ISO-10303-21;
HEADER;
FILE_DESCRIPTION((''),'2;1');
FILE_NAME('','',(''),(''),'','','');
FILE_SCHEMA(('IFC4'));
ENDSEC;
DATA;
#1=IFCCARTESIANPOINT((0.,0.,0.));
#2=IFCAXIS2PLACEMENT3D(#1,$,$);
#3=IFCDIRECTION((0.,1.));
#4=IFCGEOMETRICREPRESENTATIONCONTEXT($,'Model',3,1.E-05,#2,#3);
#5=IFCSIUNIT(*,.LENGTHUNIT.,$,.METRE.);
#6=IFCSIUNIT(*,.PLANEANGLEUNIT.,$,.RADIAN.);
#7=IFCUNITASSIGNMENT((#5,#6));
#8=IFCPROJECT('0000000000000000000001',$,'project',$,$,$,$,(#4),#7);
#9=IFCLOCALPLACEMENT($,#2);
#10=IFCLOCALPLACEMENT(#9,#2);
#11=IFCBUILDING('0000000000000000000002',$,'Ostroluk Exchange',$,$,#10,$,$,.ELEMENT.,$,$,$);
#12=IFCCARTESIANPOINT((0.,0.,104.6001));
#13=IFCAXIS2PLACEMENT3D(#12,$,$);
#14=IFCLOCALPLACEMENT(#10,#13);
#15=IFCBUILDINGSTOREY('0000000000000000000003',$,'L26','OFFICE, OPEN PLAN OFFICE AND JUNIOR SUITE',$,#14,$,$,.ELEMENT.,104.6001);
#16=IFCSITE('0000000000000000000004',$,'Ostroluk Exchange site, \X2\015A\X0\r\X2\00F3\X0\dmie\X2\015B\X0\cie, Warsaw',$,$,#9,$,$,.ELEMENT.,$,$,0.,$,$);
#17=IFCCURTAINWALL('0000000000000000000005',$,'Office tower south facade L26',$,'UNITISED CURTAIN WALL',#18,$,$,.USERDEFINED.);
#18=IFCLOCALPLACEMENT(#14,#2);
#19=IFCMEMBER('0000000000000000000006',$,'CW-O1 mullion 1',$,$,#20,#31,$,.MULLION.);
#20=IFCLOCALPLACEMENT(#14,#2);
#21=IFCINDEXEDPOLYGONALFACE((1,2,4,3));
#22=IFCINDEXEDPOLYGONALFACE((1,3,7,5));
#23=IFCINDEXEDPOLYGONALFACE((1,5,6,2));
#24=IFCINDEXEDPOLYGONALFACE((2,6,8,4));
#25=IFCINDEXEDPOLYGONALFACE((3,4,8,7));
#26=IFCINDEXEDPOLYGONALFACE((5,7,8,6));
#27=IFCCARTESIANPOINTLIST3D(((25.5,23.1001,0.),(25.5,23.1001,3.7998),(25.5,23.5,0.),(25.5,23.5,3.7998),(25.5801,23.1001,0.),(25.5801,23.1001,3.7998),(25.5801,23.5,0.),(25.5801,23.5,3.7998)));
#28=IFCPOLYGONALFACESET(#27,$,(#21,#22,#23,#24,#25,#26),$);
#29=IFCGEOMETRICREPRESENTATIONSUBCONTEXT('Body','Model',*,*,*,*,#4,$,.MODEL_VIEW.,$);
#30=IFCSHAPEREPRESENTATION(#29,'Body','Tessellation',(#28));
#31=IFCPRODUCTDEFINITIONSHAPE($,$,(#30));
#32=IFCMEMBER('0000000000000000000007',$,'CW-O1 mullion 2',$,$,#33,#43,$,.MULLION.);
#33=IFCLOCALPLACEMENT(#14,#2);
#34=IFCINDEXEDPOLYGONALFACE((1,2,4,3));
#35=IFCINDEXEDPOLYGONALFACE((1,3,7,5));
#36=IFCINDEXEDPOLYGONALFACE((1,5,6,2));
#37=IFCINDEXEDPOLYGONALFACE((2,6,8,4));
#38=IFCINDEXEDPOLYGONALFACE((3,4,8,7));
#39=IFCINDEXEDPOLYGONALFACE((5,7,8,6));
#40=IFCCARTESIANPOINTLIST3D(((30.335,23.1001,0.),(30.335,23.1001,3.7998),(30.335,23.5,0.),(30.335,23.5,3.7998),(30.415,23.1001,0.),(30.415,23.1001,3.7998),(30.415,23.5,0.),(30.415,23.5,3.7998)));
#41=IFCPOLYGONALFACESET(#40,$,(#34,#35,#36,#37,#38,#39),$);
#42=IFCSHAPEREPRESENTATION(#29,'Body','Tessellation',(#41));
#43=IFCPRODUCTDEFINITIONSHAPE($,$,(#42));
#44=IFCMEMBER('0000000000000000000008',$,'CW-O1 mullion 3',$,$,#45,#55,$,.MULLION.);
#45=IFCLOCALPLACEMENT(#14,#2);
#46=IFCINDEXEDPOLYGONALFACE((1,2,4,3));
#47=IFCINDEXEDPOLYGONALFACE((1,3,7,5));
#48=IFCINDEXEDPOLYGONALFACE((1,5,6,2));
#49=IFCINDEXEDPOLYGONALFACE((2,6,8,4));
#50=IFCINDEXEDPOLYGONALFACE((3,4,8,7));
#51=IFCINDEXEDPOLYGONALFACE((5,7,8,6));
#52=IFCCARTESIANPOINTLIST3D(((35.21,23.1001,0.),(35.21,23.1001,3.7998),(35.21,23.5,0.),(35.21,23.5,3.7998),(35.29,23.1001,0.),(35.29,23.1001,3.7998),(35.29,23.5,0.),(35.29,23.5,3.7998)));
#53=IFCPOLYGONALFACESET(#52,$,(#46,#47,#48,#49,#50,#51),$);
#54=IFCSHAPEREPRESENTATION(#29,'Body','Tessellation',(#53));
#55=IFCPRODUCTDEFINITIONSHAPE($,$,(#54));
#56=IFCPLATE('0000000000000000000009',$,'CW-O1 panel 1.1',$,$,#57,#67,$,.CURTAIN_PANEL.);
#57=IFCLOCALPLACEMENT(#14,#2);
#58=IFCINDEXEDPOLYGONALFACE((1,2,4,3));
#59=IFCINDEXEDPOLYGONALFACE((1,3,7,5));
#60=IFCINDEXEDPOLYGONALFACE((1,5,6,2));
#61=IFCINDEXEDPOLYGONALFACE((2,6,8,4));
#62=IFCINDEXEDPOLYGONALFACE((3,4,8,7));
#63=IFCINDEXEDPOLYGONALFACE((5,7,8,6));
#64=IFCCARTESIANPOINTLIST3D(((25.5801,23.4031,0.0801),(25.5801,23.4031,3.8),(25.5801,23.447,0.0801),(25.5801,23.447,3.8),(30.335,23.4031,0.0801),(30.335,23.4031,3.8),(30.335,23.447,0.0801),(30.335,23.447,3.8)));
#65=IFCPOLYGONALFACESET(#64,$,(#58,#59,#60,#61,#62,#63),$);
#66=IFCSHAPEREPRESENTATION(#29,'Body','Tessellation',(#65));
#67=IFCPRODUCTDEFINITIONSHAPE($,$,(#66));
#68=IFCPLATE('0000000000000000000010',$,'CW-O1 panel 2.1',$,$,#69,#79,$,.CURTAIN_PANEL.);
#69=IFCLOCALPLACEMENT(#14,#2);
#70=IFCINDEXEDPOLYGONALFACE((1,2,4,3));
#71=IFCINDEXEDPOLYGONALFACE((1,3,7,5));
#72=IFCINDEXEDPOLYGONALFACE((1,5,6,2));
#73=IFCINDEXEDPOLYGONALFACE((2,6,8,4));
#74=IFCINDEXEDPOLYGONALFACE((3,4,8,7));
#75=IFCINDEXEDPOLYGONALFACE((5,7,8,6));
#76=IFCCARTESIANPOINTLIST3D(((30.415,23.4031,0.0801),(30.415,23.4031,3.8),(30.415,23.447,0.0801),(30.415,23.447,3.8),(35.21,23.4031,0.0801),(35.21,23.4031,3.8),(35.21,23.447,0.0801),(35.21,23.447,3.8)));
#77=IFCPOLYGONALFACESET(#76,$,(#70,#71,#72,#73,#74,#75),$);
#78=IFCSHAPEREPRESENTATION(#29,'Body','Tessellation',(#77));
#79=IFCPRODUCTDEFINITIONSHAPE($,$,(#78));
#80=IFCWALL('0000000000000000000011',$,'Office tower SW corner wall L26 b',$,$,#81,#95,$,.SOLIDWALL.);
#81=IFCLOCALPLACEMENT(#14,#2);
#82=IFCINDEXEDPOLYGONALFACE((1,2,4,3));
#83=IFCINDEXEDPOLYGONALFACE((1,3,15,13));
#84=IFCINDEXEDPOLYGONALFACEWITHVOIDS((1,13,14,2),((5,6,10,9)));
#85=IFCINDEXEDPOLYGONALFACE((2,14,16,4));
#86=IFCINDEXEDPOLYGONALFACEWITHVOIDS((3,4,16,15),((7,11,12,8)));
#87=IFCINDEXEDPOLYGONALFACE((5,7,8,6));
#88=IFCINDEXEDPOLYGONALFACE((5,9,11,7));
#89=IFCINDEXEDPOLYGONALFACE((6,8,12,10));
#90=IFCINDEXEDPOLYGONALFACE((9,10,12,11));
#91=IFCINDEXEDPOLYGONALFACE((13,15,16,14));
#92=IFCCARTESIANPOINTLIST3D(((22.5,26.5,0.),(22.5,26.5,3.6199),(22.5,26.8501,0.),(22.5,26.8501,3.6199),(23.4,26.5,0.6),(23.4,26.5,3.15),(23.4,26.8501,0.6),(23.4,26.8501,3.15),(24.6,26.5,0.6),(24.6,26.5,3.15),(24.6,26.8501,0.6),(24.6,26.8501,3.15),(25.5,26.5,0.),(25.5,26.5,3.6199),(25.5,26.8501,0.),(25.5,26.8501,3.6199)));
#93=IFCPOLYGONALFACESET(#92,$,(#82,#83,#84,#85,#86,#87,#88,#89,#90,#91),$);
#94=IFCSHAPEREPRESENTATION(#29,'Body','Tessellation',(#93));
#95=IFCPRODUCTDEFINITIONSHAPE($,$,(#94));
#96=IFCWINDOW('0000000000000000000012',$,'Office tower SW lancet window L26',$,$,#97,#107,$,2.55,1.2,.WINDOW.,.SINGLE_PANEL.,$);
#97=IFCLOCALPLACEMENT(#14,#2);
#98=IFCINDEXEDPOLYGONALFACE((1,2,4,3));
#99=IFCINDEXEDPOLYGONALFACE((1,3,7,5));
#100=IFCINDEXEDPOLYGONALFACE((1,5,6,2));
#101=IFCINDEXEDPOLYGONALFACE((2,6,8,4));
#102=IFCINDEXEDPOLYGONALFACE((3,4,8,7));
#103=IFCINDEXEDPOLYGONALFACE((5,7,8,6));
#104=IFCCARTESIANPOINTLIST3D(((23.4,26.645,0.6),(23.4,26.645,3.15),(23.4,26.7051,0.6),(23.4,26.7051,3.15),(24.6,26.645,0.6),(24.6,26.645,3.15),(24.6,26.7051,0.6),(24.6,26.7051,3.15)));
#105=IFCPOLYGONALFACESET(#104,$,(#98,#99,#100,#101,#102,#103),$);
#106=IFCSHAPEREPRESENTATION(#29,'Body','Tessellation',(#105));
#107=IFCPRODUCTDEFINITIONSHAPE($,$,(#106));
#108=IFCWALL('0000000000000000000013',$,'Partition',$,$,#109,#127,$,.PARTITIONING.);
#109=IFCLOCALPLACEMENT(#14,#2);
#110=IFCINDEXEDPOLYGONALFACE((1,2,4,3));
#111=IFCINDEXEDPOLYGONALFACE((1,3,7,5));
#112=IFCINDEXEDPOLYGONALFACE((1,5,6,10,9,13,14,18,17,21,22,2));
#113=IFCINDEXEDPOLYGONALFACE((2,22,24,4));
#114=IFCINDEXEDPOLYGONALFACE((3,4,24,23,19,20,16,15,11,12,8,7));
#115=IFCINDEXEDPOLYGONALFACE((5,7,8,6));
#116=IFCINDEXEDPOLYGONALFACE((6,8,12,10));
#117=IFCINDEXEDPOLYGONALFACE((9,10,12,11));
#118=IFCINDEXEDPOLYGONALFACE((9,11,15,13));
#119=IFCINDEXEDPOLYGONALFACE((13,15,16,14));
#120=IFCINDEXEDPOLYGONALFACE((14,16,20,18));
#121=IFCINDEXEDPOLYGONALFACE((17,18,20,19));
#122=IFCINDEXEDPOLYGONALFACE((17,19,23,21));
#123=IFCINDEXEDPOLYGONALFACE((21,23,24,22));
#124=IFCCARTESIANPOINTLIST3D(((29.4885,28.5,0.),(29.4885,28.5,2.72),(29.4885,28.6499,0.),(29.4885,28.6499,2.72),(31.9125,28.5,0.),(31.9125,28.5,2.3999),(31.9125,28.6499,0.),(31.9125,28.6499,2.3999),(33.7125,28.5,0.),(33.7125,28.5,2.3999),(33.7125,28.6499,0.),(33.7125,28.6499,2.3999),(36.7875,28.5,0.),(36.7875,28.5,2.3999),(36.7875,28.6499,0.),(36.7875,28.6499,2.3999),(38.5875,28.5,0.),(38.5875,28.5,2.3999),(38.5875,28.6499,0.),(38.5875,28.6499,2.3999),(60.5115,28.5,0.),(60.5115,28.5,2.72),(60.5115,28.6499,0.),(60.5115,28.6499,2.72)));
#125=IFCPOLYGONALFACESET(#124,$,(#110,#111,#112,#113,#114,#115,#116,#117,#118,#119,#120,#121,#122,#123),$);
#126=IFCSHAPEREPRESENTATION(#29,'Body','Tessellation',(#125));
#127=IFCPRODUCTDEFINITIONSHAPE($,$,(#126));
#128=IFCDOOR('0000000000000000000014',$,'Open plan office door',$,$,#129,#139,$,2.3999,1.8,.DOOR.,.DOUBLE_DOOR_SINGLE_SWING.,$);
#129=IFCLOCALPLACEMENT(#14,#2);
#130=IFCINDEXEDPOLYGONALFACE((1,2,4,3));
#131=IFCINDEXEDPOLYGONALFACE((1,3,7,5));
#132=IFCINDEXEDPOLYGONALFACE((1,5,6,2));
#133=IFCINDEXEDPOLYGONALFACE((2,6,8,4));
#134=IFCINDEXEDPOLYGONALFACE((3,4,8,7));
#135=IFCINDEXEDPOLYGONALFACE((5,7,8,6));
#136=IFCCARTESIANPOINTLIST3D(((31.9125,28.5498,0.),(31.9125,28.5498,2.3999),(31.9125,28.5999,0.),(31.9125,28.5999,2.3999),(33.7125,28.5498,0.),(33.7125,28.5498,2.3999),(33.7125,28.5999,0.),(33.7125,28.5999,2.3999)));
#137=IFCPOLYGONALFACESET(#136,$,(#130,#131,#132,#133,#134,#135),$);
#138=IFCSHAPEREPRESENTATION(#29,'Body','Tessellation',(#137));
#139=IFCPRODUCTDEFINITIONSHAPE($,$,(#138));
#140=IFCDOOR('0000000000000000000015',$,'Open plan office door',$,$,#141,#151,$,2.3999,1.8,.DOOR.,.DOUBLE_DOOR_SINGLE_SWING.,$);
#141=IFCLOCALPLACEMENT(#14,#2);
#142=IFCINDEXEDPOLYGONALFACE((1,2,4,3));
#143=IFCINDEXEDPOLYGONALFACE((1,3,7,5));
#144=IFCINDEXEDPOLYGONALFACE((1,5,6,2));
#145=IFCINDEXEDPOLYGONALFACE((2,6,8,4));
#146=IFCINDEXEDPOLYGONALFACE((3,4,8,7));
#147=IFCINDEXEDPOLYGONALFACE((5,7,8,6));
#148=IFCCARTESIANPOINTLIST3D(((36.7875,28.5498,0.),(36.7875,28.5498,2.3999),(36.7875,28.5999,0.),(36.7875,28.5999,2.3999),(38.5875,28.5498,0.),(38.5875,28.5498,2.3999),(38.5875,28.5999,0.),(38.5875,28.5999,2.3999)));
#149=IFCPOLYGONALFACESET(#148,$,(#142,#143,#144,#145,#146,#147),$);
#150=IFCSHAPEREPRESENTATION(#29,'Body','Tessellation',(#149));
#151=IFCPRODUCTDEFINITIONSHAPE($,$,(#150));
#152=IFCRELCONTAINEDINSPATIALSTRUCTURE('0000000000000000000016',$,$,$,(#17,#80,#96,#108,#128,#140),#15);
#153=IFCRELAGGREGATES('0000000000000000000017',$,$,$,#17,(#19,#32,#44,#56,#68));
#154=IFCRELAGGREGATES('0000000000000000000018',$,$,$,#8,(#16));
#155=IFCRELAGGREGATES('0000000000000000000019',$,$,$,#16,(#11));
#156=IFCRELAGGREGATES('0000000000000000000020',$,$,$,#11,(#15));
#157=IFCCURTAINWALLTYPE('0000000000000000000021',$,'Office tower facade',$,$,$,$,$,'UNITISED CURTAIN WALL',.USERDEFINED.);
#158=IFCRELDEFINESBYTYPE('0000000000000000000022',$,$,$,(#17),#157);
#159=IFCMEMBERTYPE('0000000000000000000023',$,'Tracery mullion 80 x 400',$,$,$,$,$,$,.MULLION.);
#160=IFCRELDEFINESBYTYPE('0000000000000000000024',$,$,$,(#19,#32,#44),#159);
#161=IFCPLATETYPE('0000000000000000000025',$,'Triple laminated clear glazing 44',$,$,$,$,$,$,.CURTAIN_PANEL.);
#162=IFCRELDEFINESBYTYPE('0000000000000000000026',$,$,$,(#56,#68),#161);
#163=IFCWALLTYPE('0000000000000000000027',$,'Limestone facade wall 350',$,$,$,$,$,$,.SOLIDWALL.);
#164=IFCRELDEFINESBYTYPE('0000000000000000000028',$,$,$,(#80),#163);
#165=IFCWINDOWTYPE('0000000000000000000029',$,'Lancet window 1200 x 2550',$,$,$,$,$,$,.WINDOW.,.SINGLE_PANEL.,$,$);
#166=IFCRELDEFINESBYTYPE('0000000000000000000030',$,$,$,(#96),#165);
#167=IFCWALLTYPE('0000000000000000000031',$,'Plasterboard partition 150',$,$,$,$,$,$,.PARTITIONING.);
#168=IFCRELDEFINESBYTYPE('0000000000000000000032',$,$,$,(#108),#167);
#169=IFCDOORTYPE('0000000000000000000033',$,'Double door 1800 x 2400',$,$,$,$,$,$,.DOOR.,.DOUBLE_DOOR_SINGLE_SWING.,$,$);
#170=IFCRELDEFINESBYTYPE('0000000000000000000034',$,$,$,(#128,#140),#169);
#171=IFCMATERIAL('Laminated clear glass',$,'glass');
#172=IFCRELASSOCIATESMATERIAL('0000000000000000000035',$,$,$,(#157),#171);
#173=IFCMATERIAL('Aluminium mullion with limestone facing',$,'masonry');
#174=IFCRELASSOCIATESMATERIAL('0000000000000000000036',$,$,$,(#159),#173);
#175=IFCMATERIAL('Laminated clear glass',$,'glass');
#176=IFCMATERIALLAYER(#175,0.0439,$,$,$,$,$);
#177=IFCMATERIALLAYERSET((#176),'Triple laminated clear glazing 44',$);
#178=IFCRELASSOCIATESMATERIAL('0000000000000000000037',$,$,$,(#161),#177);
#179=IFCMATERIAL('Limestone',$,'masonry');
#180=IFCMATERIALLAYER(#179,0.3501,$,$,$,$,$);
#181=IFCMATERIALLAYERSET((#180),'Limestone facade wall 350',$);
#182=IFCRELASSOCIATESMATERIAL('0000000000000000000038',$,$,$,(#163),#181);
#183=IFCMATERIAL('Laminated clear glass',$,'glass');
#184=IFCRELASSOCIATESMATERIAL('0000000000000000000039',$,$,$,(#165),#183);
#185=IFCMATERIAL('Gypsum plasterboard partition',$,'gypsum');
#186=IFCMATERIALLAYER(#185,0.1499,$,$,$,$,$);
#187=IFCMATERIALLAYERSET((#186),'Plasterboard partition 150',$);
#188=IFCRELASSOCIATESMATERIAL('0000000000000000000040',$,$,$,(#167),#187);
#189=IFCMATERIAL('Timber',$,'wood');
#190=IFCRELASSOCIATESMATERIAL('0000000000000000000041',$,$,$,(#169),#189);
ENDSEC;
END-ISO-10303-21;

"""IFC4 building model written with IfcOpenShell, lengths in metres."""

from ifc_helpers import new_model, si_unit, direction, frame, frame_2d, origin, origin_2d, place, context, subcontext, project, spatial, rectangle, extrude, material, layer, layer_set, material_profile, profile_set, type_object, element, fill, aggregate, save


model = new_model("IFC4")

# Units and contexts
model_context = context("Model", 3, precision=1e-05, world=origin(), true_north=direction((0.0, 1.0)))
body_context = subcontext(model_context, "Body", "Model", "MODEL_VIEW")
ifc_project = project(units=[si_unit("LENGTHUNIT", "METRE"), si_unit("PLANEANGLEUNIT", "RADIAN")], contexts=[model_context])

# Site, building, storey
site_placement = place(None, origin())
site = spatial("IfcSite", under=ifc_project, at=site_placement, Name="Ostroluk Exchange site, Śródmieście, Warsaw", CompositionType="ELEMENT", RefElevation=0.0)
building_placement = place(site_placement, origin())
building = spatial("IfcBuilding", under=site, at=building_placement, Name="Ostroluk Exchange", CompositionType="ELEMENT")
storey_placement = place(building_placement, frame((0.0, 0.0, 104.6001)))
storey = spatial("IfcBuildingStorey", under=building, at=storey_placement, Name="L26", Description="OFFICE, OPEN PLAN OFFICE AND JUNIOR SUITE", CompositionType="ELEMENT", Elevation=104.6001)

# Curtain wall, members, plates
ifc_material_1 = material(Name="Laminated clear glass", Category="glass")
curtain_wall_type = type_object("IfcCurtainWallType", Name="Office tower facade", ElementType="UNITISED CURTAIN WALL", PredefinedType="USERDEFINED", material=ifc_material_1)
curtain_wall_placement = place(storey_placement, origin())
curtain_wall = element("IfcCurtainWall", 1, at=curtain_wall_placement, inside=storey, type_object=curtain_wall_type, Name="Office tower south facade L26", ObjectType="UNITISED CURTAIN WALL", PredefinedType="USERDEFINED")
ifc_material_2 = material(Name="Aluminium mullion with limestone facing", Category="masonry")
ifc_material_profile_1 = material_profile(ifc_material_2, rectangle(XDim=0.3999, YDim=0.0801, at=origin_2d()), Name="Tracery mullion 80 x 400")
ifc_profile_set_1 = profile_set([ifc_material_profile_1], Name="Aluminium mullion with limestone facing")
member_type_1 = type_object("IfcMemberType", Name="Tracery mullion 80 x 400", PredefinedType="MULLION", material=ifc_profile_set_1)
member_1_placement = place(storey_placement, frame((25.54, 23.3, 0.0), z_axis=(0.0, 0.0, 1.0), x_axis=(0.0, 1.0, 0.0)))
member_1 = element("IfcMember", 2, at=member_1_placement, type_object=member_type_1, Name="CW-O1 mullion 1", PredefinedType="MULLION", context=body_context, shape_type="SweptSolid", body=[
    extrude(rectangle(XDim=0.3999, YDim=0.0801, at=origin_2d()), origin(), (0.0, 0.0, 1.0), 3.7998),
])
member_2_placement = place(storey_placement, frame((30.375, 23.3, 0.0), z_axis=(0.0, 0.0, 1.0), x_axis=(0.0, 1.0, 0.0)))
member_2 = element("IfcMember", 3, at=member_2_placement, type_object=member_type_1, Name="CW-O1 mullion 2", PredefinedType="MULLION", context=body_context, shape_type="SweptSolid", body=[
    extrude(rectangle(XDim=0.3999, YDim=0.0801, at=origin_2d()), origin(), (0.0, 0.0, 1.0), 3.7998),
])
member_3_placement = place(storey_placement, frame((35.25, 23.3, 0.0), z_axis=(0.0, 0.0, 1.0), x_axis=(0.0, 1.0, 0.0)))
member_3 = element("IfcMember", 4, at=member_3_placement, type_object=member_type_1, Name="CW-O1 mullion 3", PredefinedType="MULLION", context=body_context, shape_type="SweptSolid", body=[
    extrude(rectangle(XDim=0.3999, YDim=0.0801, at=origin_2d()), origin(), (0.0, 0.0, 1.0), 3.7998),
])
ifc_material_3 = material(Name="Laminated clear glass", Category="glass")
ifc_layer_1 = layer(ifc_material_3, 0.0439)
ifc_layer_set_1 = layer_set([ifc_layer_1], Name="Triple laminated clear glazing 44")
plate_type = type_object("IfcPlateType", Name="Triple laminated clear glazing 44", PredefinedType="CURTAIN_PANEL", material=ifc_layer_set_1)
plate_1_placement = place(storey_placement, frame((27.9575, 23.425, 0.0801), z_axis=(0.0, 0.0, 1.0), x_axis=(1.0, 0.0, 0.0)))
plate_1 = element("IfcPlate", 5, at=plate_1_placement, type_object=plate_type, Name="CW-O1 panel 1.1", PredefinedType="CURTAIN_PANEL", context=body_context, shape_type="SweptSolid", body=[
    extrude(rectangle(XDim=4.7549, YDim=0.0439, at=origin_2d()), origin(), (0.0, 0.0, 1.0), 3.72),
])
plate_2_placement = place(storey_placement, frame((32.8125, 23.425, 0.0801), z_axis=(0.0, 0.0, 1.0), x_axis=(1.0, 0.0, 0.0)))
plate_2 = element("IfcPlate", 6, at=plate_2_placement, type_object=plate_type, Name="CW-O1 panel 2.1", PredefinedType="CURTAIN_PANEL", context=body_context, shape_type="SweptSolid", body=[
    extrude(rectangle(XDim=4.7949, YDim=0.0439, at=origin_2d()), origin(), (0.0, 0.0, 1.0), 3.72),
])
aggregate(curtain_wall, [member_1, member_2, member_3, plate_1, plate_2])

# Shared definitions
ifc_material_4 = material(Name="Limestone", Category="masonry")
ifc_layer_2 = layer(ifc_material_4, 0.3501)
ifc_layer_set_2 = layer_set([ifc_layer_2], Name="Limestone facade wall 350")
wall_type_1 = type_object("IfcWallType", Name="Limestone facade wall 350", PredefinedType="SOLIDWALL", material=ifc_layer_set_2)

# Wall, opening, window
wall_1_placement = place(storey_placement, frame((25.5, 26.675, 0.0), z_axis=(0.0, 0.0, 1.0), x_axis=(-1.0, 0.0, 0.0)))
wall_1 = element("IfcWall", 7, at=wall_1_placement, inside=storey, type_object=wall_type_1, Name="Office tower SW corner wall L26 b", PredefinedType="SOLIDWALL", context=body_context, shape_type="SweptSolid", body=[
    extrude(rectangle(XDim=3.0, YDim=0.3501, at=frame_2d((1.5, 0.0))), origin(), (0.0, 0.0, 1.0), 3.6199),
])
opening_1_placement = place(wall_1_placement, frame((0.8999, 0.0, 0.6001)))
opening_1 = element("IfcOpeningElement", 8, at=opening_1_placement, cuts=wall_1, PredefinedType="OPENING", context=body_context, shape_type="SweptSolid", body=[
    extrude(rectangle(XDim=1.2, YDim=2.55, at=frame_2d((0.6001, 1.2749))), frame((0.0, 0.1851, 0.0), z_axis=(0.0, -1.0, 0.0), x_axis=(1.0, 0.0, 0.0)), (0.0, 0.0, 1.0), 0.3701),
])
ifc_material_5 = material(Name="Laminated clear glass", Category="glass")
window_type = type_object("IfcWindowType", Name="Lancet window 1200 x 2550", PartitioningType="SINGLE_PANEL", PredefinedType="WINDOW", material=ifc_material_5)
window_placement = place(opening_1_placement, origin())
window = element("IfcWindow", 9, at=window_placement, inside=storey, type_object=window_type, Name="Office tower SW lancet window L26", OverallHeight=2.55, OverallWidth=1.2, PartitioningType="SINGLE_PANEL", PredefinedType="WINDOW", context=body_context, shape_type="SweptSolid", body=[
    extrude(rectangle(XDim=1.2, YDim=2.55, at=frame_2d((0.6001, 1.2749))), frame((0.0, 0.03, 0.0), z_axis=(0.0, -1.0, 0.0), x_axis=(1.0, 0.0, 0.0)), (0.0, 0.0, 1.0), 0.0601),
])
fill(opening_1, window)

# Wall, openings, doors
ifc_material_6 = material(Name="Gypsum plasterboard partition", Category="gypsum")
ifc_layer_3 = layer(ifc_material_6, 0.1499)
ifc_layer_set_3 = layer_set([ifc_layer_3], Name="Plasterboard partition 150")
wall_type_2 = type_object("IfcWallType", Name="Plasterboard partition 150", PredefinedType="PARTITIONING", material=ifc_layer_set_3)
wall_2_placement = place(storey_placement, frame((29.4885, 28.575, 0.0), z_axis=(0.0, 0.0, 1.0), x_axis=(1.0, 0.0, 0.0)))
wall_2 = element("IfcWall", 10, at=wall_2_placement, inside=storey, type_object=wall_type_2, Name="Partition", PredefinedType="PARTITIONING", context=body_context, shape_type="SweptSolid", body=[
    extrude(rectangle(XDim=31.0229, YDim=0.1499, at=frame_2d((15.5115, 0.0))), origin(), (0.0, 0.0, 1.0), 2.72),
])
opening_2_placement = place(wall_2_placement, frame((2.4241, 0.0, 0.0)))
opening_2 = element("IfcOpeningElement", 11, at=opening_2_placement, cuts=wall_2, PredefinedType="OPENING", context=body_context, shape_type="SweptSolid", body=[
    extrude(rectangle(XDim=1.8, YDim=2.3999, at=frame_2d((0.8999, 1.2))), frame((0.0, 0.085, 0.0), z_axis=(0.0, -1.0, 0.0), x_axis=(1.0, 0.0, 0.0)), (0.0, 0.0, 1.0), 0.1699),
])
opening_3_placement = place(wall_2_placement, frame((7.2991, 0.0, 0.0)))
opening_3 = element("IfcOpeningElement", 12, at=opening_3_placement, cuts=wall_2, PredefinedType="OPENING", context=body_context, shape_type="SweptSolid", body=[
    extrude(rectangle(XDim=1.8, YDim=2.3999, at=frame_2d((0.8999, 1.2))), frame((0.0, 0.085, 0.0), z_axis=(0.0, -1.0, 0.0), x_axis=(1.0, 0.0, 0.0)), (0.0, 0.0, 1.0), 0.1699),
])
ifc_material_7 = material(Name="Timber", Category="wood")
door_type_1 = type_object("IfcDoorType", Name="Double door 1800 x 2400", OperationType="DOUBLE_DOOR_SINGLE_SWING", PredefinedType="DOOR", material=ifc_material_7)
door_1_placement = place(opening_2_placement, origin())
door_1 = element("IfcDoor", 13, at=door_1_placement, inside=storey, type_object=door_type_1, Name="Open plan office door", OperationType="DOUBLE_DOOR_SINGLE_SWING", OverallHeight=2.3999, OverallWidth=1.8, PredefinedType="DOOR", context=body_context, shape_type="SweptSolid", body=[
    extrude(rectangle(XDim=1.8, YDim=2.3999, at=frame_2d((0.8999, 1.2))), frame((0.0, 0.0249, 0.0), z_axis=(0.0, -1.0, 0.0), x_axis=(1.0, 0.0, 0.0)), (0.0, 0.0, 1.0), 0.05),
])
fill(opening_2, door_1)
door_2_placement = place(opening_3_placement, origin())
door_2 = element("IfcDoor", 14, at=door_2_placement, inside=storey, type_object=door_type_1, Name="Open plan office door", OperationType="DOUBLE_DOOR_SINGLE_SWING", OverallHeight=2.3999, OverallWidth=1.8, PredefinedType="DOOR", context=body_context, shape_type="SweptSolid", body=[
    extrude(rectangle(XDim=1.8, YDim=2.3999, at=frame_2d((0.8999, 1.2))), frame((0.0, 0.0249, 0.0), z_axis=(0.0, -1.0, 0.0), x_axis=(1.0, 0.0, 0.0)), (0.0, 0.0, 1.0), 0.05),
])
fill(opening_3, door_2)

save(model, "model.ifc")
